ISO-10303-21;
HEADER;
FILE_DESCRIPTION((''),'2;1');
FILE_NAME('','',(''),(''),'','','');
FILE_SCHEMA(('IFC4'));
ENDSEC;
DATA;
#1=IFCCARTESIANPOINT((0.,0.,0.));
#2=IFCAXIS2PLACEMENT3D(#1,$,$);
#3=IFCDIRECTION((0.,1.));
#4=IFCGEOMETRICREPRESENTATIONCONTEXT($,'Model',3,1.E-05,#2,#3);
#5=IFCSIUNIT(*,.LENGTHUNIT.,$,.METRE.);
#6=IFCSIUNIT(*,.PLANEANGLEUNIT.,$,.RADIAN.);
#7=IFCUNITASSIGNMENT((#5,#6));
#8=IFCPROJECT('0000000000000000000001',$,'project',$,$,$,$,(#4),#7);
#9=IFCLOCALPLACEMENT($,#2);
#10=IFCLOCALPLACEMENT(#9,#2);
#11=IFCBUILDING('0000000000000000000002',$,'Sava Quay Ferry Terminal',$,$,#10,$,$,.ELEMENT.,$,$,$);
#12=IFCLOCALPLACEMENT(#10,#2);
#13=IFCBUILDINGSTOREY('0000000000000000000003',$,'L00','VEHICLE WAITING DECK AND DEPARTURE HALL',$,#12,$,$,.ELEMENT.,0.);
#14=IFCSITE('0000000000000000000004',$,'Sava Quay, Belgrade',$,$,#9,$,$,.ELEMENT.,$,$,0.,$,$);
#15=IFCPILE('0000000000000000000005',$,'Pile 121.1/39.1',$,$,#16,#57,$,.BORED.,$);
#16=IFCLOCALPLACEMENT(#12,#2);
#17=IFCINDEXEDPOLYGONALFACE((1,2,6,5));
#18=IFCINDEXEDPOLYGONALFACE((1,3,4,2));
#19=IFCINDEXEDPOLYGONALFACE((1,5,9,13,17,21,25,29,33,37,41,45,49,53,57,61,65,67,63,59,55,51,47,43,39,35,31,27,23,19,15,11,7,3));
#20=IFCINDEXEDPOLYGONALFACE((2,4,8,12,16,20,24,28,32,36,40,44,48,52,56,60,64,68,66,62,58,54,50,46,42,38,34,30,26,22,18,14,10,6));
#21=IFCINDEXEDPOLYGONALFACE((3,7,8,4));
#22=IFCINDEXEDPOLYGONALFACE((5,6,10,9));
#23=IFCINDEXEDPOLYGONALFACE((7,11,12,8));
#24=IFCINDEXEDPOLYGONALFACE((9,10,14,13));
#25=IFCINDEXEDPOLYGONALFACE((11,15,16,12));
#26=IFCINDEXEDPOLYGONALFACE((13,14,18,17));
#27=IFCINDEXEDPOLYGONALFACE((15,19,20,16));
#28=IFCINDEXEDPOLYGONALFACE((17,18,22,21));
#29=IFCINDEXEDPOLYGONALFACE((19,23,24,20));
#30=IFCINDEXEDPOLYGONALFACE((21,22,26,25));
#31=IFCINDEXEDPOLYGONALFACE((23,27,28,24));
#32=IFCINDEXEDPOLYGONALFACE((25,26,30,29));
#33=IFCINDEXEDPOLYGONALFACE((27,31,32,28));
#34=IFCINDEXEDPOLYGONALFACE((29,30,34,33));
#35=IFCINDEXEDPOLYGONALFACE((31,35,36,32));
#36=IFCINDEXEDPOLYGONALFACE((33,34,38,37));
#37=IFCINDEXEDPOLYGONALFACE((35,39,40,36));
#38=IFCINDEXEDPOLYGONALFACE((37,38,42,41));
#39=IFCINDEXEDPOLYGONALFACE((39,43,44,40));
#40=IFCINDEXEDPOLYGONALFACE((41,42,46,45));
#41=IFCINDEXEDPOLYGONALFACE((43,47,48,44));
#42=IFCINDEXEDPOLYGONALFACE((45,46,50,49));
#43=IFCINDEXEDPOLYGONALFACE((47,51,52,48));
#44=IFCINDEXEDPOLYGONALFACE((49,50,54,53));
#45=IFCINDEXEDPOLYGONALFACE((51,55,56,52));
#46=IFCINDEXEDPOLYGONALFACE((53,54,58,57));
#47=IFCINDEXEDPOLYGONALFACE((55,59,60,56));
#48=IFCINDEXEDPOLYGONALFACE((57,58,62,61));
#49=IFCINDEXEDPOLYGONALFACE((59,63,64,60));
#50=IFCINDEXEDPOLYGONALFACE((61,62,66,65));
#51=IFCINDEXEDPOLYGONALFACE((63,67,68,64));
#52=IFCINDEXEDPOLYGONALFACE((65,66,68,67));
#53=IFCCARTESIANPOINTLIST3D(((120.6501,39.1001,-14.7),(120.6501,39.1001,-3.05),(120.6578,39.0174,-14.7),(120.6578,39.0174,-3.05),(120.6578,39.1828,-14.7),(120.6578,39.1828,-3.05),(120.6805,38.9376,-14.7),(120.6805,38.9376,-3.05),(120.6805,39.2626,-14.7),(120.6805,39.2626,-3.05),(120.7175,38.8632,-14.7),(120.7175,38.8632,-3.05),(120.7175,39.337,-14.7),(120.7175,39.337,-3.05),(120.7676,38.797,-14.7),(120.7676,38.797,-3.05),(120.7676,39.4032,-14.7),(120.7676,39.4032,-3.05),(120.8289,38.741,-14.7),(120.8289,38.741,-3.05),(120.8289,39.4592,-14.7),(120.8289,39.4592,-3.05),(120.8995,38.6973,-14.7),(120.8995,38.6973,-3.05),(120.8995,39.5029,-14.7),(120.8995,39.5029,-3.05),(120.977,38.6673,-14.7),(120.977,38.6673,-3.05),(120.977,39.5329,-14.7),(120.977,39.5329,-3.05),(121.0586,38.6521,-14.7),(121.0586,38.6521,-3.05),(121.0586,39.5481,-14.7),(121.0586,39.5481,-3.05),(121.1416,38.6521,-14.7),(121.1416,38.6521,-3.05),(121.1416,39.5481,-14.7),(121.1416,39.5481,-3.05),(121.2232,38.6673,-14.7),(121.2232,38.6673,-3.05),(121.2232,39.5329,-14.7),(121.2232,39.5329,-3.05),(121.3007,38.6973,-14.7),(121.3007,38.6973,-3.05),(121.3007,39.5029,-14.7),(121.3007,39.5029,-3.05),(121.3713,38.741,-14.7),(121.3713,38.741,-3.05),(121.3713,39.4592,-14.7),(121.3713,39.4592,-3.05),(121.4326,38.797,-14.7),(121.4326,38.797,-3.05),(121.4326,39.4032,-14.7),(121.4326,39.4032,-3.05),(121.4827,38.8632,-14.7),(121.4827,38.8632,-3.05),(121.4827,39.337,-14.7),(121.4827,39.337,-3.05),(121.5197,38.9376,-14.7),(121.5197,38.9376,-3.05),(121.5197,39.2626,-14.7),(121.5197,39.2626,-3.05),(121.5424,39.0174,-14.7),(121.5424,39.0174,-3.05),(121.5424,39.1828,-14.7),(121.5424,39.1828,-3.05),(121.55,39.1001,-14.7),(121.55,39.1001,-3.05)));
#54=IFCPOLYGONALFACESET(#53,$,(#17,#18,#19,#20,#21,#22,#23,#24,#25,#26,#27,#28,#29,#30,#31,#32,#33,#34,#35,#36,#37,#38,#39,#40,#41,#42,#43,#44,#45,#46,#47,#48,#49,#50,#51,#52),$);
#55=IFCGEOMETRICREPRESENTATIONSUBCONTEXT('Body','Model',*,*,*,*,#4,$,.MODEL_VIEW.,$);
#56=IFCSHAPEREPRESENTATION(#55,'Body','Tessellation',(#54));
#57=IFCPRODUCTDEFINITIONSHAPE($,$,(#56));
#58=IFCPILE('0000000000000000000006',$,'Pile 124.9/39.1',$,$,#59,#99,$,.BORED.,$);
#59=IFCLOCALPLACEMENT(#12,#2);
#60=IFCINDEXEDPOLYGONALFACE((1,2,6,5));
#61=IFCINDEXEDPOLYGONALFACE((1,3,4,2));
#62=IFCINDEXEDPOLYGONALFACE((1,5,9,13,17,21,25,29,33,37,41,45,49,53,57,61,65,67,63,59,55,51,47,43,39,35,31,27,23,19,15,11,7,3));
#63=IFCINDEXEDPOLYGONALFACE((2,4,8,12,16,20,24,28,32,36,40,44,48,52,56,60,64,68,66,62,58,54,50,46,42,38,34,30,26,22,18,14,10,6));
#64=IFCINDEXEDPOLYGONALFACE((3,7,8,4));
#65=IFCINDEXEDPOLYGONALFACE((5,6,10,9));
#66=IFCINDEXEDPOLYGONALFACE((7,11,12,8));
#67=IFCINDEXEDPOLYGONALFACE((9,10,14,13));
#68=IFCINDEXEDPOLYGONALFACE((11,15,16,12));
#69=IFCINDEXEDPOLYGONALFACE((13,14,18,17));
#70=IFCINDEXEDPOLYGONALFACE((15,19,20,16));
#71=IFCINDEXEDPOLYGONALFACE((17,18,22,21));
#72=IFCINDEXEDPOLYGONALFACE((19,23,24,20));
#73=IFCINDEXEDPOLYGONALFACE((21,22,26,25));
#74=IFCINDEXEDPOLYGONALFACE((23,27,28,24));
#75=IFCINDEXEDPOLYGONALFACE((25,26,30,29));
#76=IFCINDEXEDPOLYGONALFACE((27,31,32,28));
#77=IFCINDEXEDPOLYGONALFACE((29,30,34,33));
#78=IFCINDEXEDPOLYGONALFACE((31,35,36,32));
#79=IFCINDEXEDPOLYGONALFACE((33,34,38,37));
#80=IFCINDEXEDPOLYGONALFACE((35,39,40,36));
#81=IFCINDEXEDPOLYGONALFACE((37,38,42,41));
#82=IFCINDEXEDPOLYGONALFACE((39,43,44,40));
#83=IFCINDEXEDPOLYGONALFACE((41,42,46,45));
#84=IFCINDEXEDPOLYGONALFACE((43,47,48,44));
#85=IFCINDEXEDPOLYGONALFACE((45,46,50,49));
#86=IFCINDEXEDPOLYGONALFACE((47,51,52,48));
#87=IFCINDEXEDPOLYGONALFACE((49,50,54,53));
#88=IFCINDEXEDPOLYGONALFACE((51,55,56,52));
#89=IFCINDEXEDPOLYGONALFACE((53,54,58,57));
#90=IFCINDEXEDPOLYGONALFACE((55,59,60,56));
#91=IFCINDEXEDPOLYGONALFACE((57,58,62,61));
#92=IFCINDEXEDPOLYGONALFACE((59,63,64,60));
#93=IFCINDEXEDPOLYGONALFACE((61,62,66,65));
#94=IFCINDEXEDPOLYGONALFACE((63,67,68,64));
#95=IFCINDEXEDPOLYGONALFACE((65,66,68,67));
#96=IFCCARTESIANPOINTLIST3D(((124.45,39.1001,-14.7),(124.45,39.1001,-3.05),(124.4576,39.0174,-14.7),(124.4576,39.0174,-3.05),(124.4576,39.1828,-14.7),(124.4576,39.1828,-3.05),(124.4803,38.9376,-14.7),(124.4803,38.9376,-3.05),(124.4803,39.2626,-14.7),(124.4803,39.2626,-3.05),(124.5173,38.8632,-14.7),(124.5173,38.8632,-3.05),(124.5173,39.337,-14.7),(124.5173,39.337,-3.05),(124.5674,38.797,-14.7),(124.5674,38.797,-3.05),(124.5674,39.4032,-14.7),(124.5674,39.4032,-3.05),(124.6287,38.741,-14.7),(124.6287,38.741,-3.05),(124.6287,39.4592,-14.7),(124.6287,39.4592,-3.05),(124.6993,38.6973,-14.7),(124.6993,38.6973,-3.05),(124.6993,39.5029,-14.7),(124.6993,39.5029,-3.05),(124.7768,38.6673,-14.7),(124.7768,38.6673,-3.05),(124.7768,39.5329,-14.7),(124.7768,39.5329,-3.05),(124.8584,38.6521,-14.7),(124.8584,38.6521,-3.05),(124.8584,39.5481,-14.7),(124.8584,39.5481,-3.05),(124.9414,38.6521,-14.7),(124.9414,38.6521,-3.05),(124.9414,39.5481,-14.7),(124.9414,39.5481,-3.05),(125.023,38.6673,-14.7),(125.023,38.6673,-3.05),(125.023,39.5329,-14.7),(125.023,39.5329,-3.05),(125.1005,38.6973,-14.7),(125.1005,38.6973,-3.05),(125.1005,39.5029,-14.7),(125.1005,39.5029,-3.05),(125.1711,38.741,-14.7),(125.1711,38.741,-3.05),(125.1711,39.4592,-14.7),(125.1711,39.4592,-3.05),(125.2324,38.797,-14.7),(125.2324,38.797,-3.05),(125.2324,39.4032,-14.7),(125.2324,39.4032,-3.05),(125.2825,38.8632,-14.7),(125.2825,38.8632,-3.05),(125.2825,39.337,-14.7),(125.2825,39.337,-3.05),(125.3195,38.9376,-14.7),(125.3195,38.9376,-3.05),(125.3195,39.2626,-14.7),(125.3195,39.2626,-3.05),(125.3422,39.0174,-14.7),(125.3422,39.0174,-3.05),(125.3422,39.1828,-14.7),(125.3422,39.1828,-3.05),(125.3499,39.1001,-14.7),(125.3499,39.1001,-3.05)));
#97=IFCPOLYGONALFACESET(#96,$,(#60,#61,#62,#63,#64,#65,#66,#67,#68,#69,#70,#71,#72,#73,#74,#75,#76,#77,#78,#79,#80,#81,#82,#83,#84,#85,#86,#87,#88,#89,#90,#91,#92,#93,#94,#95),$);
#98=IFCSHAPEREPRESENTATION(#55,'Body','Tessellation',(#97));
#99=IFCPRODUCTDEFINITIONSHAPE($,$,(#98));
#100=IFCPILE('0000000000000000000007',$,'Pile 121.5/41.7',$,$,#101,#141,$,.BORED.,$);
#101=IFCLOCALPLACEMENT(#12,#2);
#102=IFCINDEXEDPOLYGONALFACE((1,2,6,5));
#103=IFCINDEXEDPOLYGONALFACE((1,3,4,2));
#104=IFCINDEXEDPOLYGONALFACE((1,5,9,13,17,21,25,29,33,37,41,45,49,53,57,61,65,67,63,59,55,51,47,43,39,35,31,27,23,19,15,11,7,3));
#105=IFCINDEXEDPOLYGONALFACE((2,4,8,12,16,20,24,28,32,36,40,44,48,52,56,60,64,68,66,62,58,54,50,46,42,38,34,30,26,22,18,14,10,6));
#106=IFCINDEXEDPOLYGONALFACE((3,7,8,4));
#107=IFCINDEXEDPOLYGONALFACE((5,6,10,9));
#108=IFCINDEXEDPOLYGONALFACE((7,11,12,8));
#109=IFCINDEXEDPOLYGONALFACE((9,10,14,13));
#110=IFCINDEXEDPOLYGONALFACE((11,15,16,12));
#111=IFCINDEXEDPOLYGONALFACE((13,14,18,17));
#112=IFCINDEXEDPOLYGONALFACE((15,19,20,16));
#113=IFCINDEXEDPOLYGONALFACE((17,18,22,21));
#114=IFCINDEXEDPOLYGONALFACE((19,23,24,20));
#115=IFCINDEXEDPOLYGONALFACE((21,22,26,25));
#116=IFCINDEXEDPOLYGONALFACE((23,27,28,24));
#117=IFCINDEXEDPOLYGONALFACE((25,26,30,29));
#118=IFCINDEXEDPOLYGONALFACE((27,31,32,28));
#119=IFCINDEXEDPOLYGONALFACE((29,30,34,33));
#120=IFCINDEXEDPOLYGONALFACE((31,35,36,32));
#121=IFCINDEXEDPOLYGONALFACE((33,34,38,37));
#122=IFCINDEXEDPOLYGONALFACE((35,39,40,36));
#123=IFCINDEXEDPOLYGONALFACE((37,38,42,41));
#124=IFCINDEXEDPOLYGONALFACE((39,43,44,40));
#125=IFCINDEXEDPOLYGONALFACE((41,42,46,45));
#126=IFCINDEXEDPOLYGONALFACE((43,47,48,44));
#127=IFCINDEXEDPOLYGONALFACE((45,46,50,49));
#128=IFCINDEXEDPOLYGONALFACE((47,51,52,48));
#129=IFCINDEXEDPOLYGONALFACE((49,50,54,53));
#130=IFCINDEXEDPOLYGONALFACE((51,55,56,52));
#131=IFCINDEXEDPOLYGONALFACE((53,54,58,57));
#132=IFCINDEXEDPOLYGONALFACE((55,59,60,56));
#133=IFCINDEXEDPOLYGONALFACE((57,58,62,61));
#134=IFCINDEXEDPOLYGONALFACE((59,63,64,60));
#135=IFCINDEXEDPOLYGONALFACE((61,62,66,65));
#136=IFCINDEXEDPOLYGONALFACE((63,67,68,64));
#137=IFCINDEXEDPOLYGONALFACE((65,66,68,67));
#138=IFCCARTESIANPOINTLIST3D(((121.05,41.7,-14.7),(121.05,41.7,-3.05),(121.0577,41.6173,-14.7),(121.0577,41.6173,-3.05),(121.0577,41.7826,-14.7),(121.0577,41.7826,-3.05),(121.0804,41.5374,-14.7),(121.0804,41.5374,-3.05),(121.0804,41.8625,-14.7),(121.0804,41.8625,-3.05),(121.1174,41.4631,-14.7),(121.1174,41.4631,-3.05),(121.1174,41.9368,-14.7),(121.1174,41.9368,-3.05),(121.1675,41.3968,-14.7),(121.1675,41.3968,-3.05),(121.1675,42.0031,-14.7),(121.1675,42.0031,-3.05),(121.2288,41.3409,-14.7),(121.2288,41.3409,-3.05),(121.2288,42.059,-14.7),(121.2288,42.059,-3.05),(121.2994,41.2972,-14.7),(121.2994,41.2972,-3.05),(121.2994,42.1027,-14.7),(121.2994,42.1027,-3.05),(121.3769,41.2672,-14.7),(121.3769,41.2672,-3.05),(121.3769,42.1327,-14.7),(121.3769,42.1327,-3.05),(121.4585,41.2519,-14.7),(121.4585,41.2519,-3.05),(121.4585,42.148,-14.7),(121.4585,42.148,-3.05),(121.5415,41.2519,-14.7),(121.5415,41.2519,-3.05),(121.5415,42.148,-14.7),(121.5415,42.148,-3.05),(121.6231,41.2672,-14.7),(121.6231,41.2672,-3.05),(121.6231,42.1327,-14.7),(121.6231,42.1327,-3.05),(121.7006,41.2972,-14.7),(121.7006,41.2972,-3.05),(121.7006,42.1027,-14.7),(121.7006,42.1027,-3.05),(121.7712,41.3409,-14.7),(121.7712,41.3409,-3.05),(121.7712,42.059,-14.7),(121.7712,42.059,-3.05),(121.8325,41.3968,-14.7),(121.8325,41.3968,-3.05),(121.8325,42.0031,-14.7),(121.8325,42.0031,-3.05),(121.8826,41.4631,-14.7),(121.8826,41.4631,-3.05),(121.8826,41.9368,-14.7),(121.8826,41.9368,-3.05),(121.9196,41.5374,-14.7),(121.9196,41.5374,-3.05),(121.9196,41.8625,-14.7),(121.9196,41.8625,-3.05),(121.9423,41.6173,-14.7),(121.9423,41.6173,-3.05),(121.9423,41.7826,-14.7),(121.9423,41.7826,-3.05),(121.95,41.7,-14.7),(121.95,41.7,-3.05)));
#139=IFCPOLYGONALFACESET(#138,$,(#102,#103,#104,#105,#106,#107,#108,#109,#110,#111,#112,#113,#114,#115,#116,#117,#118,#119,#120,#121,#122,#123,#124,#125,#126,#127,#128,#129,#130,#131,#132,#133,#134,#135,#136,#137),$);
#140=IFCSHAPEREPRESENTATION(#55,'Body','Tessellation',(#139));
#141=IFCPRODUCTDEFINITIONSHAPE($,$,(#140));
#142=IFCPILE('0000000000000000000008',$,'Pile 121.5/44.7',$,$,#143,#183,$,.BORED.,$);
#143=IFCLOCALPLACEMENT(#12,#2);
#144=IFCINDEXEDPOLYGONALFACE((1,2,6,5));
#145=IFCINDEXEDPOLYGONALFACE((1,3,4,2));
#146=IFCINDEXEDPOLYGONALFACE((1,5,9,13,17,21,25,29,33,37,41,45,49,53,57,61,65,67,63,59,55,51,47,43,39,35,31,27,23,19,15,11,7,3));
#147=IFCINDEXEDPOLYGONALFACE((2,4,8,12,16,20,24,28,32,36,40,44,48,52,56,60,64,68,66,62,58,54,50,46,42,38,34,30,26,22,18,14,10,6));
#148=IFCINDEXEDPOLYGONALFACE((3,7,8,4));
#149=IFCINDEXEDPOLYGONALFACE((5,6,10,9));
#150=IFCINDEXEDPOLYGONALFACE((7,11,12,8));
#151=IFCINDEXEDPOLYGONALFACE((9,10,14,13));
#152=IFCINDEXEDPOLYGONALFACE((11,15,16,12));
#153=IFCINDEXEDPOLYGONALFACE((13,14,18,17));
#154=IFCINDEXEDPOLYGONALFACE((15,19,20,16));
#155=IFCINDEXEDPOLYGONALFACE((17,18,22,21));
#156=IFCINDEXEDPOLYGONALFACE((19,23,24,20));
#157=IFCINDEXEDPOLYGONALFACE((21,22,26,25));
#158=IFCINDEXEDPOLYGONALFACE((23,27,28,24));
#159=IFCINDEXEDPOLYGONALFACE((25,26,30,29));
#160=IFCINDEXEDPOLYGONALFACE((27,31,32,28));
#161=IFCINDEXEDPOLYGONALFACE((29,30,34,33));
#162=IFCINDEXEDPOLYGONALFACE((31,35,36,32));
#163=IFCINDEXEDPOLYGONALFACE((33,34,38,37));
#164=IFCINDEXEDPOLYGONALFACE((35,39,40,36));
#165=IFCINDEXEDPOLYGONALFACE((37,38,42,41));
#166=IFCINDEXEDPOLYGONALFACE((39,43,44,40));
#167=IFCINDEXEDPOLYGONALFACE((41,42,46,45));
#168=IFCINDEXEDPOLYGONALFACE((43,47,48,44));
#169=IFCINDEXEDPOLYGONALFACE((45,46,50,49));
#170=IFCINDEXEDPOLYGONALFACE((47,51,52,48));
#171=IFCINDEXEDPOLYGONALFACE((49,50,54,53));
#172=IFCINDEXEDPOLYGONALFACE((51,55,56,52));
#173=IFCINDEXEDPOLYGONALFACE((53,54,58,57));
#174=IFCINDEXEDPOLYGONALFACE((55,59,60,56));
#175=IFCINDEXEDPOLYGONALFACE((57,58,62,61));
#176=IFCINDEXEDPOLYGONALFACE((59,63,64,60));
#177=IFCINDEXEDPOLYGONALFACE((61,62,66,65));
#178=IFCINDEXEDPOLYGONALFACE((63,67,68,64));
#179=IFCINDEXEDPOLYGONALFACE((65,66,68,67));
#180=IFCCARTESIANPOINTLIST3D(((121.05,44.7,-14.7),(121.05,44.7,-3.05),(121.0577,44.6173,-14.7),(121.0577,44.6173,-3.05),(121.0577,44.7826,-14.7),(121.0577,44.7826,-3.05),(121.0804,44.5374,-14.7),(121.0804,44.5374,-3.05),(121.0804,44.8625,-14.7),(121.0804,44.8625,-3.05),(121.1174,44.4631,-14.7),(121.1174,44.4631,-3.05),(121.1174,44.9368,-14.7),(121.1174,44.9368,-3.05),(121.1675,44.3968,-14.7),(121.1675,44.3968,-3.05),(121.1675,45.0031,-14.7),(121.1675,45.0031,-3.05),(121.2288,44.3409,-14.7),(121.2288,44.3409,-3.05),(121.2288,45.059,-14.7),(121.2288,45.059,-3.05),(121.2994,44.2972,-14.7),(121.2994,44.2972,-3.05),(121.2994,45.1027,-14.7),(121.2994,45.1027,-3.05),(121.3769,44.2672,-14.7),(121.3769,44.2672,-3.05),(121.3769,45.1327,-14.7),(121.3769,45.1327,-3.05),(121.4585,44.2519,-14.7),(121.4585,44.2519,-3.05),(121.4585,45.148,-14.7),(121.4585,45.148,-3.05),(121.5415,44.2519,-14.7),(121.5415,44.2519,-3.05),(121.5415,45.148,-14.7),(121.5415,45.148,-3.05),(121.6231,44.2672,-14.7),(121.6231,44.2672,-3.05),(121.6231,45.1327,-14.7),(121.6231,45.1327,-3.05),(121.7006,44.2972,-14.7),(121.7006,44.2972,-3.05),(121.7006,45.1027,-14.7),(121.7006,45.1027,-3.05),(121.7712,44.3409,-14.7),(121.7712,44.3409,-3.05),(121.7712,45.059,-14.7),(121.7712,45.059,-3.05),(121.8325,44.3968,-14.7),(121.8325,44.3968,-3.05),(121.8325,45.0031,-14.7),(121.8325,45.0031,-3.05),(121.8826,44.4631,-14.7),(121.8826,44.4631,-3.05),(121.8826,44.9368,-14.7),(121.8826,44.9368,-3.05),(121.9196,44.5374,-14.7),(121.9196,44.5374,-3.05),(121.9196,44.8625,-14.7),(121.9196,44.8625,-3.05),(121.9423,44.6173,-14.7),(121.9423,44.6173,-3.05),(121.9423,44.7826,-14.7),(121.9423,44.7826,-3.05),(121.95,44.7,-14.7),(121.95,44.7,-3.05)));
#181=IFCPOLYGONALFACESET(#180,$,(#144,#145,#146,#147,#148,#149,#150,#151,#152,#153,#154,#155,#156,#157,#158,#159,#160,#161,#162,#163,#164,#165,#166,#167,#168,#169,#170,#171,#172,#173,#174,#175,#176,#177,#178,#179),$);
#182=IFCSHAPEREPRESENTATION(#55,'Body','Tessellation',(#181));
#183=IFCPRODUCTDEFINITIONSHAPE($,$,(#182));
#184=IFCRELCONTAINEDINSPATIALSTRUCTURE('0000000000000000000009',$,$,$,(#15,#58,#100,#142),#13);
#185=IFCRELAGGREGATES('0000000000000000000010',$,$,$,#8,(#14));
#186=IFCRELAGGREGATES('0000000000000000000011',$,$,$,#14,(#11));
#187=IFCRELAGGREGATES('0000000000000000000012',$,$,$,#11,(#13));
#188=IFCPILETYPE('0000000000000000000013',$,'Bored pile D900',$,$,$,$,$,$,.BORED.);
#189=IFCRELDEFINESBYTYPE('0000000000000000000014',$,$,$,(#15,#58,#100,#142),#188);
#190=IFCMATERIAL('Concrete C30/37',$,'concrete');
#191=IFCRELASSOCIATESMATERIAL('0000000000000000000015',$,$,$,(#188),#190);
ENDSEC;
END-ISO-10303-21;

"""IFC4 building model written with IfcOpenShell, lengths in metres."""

from ifc_helpers import new_model, si_unit, direction, frame, origin, origin_2d, place, context, subcontext, project, spatial, circle, extrude, material, material_profile, profile_set, type_object, element, save


model = new_model("IFC4")

# Units and contexts
model_context = context("Model", 3, precision=1e-05, world=origin(), true_north=direction((0.0, 1.0)))
body_context = subcontext(model_context, "Body", "Model", "MODEL_VIEW")
ifc_project = project(units=[si_unit("LENGTHUNIT", "METRE"), si_unit("PLANEANGLEUNIT", "RADIAN")], contexts=[model_context])

# Site, building, storey
site_placement = place(None, origin())
site = spatial("IfcSite", under=ifc_project, at=site_placement, Name="Sava Quay, Belgrade", CompositionType="ELEMENT", RefElevation=0.0)
building_placement = place(site_placement, origin())
building = spatial("IfcBuilding", under=site, at=building_placement, Name="Sava Quay Ferry Terminal", CompositionType="ELEMENT")
storey_placement = place(building_placement, origin())
storey = spatial("IfcBuildingStorey", under=building, at=storey_placement, Name="L00", Description="VEHICLE WAITING DECK AND DEPARTURE HALL", CompositionType="ELEMENT", Elevation=0.0)

# Piles
ifc_material_1 = material(Name="Concrete C30/37", Category="concrete")
ifc_material_profile_1 = material_profile(ifc_material_1, circle(Radius=0.45, at=origin_2d()), Name="Bored pile D900")
ifc_profile_set_1 = profile_set([ifc_material_profile_1], Name="Concrete C30/37")
pile_type = type_object("IfcPileType", Name="Bored pile D900", PredefinedType="BORED", material=ifc_profile_set_1)
for number, where, z_axis, x_axis, name in (
    (1, (121.1001, 39.1001, -3.05), (0.0, 0.0, -1.0), (1.0, 0.0, 0.0), "Pile 121.1/39.1"),
    (2, (124.8999, 39.1001, -3.05), (0.0, 0.0, -1.0), (1.0, 0.0, 0.0), "Pile 124.9/39.1"),
    (3, (121.5, 41.7, -3.05), (0.0, 0.0, -1.0), (1.0, 0.0, 0.0), "Pile 121.5/41.7"),
    (4, (121.5, 44.7, -3.05), (0.0, 0.0, -1.0), (1.0, 0.0, 0.0), "Pile 121.5/44.7"),
):
    element("IfcPile", number, at=place(storey_placement, frame(where, z_axis=z_axis, x_axis=x_axis)), inside=storey, type_object=pile_type, Name=name, PredefinedType="BORED", context=body_context, shape_type="SweptSolid", body=[
        extrude(circle(Radius=0.45, at=origin_2d()), origin(), (0.0, 0.0, 1.0), 11.6499),
    ])

save(model, "model.ifc")
